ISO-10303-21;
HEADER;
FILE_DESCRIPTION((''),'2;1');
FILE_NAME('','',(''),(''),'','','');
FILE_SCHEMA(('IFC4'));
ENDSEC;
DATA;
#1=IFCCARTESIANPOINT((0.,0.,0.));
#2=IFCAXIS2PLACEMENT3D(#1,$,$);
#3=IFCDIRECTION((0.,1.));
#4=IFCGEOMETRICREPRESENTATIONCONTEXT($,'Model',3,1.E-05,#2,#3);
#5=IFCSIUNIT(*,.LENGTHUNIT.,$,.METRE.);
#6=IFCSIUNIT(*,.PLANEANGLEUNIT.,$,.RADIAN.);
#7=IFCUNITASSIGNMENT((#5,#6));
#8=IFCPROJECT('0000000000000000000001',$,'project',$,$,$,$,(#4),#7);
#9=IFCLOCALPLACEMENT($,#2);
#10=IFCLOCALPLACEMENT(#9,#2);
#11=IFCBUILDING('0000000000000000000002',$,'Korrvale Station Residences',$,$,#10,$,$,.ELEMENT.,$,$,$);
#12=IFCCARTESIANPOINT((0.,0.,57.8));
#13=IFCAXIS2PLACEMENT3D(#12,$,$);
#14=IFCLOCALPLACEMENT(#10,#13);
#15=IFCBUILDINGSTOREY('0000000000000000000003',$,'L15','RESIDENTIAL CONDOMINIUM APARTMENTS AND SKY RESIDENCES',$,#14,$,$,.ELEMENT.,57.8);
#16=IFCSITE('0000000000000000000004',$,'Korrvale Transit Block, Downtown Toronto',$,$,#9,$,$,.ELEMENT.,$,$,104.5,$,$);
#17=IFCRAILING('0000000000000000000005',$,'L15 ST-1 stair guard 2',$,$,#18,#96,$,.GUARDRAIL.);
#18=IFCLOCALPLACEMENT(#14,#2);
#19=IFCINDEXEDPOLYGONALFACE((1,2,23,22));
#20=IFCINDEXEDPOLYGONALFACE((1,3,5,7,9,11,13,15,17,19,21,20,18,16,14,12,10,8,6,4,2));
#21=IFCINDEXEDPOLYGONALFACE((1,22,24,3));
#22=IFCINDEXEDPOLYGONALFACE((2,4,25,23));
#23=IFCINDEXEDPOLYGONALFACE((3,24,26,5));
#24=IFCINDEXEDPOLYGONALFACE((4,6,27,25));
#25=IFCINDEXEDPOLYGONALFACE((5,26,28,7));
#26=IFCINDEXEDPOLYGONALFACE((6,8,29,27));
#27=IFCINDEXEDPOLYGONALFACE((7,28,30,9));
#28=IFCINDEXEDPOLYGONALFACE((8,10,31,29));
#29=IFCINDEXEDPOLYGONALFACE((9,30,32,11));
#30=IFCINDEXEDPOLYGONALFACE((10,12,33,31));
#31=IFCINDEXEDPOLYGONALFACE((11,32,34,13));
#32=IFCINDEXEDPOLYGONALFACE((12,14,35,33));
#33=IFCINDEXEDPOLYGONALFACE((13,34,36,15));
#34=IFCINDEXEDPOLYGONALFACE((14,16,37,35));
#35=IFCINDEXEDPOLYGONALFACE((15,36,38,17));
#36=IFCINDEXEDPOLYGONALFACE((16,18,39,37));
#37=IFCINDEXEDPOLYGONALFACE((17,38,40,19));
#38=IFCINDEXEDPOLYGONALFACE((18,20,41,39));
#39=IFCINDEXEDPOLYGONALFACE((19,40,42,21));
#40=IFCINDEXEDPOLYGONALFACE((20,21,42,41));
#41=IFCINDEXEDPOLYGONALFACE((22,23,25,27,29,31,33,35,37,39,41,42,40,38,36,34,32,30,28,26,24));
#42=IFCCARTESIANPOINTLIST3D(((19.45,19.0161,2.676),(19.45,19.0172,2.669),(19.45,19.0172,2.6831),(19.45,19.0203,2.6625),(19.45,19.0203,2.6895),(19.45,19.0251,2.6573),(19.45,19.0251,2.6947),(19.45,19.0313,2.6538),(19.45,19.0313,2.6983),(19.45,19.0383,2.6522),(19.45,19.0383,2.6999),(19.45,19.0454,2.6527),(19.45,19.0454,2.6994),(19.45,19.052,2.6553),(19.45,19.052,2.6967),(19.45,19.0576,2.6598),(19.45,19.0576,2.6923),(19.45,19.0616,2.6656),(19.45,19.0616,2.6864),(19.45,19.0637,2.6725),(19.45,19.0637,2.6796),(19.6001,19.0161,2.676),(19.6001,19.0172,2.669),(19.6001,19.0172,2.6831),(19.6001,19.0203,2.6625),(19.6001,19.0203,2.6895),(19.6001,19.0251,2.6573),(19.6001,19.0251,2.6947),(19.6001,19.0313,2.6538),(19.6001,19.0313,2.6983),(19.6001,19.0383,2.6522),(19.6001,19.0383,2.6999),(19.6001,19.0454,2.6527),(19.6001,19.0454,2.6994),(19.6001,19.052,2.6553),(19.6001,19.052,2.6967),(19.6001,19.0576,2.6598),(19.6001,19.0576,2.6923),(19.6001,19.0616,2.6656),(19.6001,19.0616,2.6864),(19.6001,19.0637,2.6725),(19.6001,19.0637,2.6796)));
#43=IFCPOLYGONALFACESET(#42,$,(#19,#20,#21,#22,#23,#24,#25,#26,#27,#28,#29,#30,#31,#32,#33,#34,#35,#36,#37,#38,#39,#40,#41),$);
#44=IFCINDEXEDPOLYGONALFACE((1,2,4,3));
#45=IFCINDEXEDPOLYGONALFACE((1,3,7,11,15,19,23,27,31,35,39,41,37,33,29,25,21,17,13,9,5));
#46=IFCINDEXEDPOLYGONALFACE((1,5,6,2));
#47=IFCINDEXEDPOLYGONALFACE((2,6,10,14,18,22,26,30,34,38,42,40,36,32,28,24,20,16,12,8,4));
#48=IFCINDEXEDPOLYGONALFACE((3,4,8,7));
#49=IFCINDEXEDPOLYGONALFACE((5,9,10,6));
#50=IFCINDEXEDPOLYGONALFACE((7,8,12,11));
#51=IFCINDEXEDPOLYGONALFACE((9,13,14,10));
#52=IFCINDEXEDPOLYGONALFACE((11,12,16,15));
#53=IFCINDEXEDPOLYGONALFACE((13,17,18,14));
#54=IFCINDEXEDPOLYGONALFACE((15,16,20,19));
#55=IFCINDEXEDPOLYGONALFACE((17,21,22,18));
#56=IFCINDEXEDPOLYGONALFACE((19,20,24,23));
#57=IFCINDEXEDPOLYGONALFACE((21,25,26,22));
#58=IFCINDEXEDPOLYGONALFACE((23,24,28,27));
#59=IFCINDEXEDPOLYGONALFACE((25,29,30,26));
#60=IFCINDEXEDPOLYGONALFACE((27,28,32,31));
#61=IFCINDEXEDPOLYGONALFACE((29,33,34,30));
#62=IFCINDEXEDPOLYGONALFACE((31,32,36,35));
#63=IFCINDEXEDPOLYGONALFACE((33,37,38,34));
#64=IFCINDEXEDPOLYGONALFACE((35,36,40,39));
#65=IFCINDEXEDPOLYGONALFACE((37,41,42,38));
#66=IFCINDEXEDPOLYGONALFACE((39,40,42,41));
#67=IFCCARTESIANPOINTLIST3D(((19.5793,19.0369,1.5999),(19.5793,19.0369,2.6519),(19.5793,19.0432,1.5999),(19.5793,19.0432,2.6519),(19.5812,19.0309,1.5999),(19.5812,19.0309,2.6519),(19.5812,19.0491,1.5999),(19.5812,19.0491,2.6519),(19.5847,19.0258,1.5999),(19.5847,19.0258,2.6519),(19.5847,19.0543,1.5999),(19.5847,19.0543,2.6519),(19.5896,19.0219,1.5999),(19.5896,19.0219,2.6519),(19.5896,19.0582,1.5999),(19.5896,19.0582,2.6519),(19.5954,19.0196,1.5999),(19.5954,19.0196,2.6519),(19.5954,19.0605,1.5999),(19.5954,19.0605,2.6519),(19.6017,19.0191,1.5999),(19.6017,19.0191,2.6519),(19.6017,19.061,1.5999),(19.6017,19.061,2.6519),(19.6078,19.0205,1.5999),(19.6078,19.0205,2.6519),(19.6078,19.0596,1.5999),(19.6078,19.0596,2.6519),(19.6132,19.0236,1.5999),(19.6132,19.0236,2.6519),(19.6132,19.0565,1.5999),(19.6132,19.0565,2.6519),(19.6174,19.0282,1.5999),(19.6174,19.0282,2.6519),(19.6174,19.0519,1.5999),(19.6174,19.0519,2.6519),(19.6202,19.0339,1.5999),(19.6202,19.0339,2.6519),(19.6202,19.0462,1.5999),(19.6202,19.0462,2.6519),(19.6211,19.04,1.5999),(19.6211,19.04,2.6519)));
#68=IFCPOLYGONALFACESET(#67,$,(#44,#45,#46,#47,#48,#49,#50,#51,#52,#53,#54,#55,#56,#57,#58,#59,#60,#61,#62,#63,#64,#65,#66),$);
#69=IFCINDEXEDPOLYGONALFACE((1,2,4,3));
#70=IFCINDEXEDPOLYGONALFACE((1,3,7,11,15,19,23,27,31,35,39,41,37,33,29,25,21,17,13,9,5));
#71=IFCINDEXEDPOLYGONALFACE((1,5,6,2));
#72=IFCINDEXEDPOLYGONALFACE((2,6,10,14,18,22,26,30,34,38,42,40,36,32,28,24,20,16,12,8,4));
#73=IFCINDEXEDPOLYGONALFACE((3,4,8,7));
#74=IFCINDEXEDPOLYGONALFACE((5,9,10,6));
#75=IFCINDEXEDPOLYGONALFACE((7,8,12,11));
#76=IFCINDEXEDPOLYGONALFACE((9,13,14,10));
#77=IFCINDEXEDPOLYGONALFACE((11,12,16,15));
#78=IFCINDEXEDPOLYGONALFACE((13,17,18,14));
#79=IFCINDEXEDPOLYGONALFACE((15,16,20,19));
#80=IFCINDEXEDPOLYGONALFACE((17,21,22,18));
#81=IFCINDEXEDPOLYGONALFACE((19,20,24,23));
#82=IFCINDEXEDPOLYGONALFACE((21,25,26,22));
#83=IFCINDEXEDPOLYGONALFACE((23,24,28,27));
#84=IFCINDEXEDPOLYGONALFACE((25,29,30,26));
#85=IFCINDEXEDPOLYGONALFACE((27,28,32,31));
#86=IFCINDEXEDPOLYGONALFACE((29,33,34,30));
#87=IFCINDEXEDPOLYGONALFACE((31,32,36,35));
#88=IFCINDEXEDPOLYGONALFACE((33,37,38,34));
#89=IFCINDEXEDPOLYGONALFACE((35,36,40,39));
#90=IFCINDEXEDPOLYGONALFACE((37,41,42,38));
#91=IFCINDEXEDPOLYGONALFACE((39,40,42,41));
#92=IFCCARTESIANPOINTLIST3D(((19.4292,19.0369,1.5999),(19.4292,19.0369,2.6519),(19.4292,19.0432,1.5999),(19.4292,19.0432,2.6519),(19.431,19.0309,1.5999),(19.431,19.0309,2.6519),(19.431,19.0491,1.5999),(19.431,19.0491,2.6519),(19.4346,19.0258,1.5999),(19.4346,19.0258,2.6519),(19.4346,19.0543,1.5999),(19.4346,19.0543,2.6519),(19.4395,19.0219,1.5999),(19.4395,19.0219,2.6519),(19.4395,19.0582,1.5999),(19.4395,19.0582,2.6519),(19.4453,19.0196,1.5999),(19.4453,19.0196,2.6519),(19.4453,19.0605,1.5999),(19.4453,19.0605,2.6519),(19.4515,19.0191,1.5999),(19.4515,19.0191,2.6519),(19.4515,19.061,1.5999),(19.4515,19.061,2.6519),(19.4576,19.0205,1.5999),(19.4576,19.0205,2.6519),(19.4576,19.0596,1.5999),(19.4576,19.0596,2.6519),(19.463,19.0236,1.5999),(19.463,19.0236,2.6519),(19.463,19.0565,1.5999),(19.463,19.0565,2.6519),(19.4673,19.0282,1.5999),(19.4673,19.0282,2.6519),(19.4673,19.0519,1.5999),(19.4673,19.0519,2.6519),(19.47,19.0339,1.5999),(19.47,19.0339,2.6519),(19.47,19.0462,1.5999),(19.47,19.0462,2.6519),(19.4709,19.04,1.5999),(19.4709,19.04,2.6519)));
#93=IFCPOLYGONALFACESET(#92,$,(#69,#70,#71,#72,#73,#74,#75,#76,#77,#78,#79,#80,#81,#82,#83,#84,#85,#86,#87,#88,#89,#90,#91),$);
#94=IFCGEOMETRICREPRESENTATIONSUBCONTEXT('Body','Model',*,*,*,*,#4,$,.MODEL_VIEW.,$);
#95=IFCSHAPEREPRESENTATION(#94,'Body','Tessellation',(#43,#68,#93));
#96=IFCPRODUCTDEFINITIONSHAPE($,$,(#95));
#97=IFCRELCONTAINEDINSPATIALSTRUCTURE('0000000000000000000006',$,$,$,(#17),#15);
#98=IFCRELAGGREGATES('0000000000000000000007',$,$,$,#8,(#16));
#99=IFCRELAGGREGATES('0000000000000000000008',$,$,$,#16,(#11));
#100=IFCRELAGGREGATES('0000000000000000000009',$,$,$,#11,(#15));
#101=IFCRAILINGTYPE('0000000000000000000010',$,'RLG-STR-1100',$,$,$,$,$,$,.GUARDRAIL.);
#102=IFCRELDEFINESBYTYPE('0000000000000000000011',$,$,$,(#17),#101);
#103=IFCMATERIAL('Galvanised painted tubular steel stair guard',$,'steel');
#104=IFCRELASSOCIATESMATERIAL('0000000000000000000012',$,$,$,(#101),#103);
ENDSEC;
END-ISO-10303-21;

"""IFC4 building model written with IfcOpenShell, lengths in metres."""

from ifc_helpers import new_model, si_unit, direction, frame, origin, origin_2d, place, context, subcontext, project, spatial, circle, extrude, material, type_object, element, save


model = new_model("IFC4")

# Units and contexts
model_context = context("Model", 3, precision=1e-05, world=origin(), true_north=direction((0.0, 1.0)))
body_context = subcontext(model_context, "Body", "Model", "MODEL_VIEW")
ifc_project = project(units=[si_unit("LENGTHUNIT", "METRE"), si_unit("PLANEANGLEUNIT", "RADIAN")], contexts=[model_context])

# Site, building, storey
site_placement = place(None, origin())
site = spatial("IfcSite", under=ifc_project, at=site_placement, Name="Korrvale Transit Block, Downtown Toronto", CompositionType="ELEMENT", RefElevation=104.5)
building_placement = place(site_placement, origin())
building = spatial("IfcBuilding", under=site, at=building_placement, Name="Korrvale Station Residences", CompositionType="ELEMENT")
storey_placement = place(building_placement, frame((0.0, 0.0, 57.8)))
storey = spatial("IfcBuildingStorey", under=building, at=storey_placement, Name="L15", Description="RESIDENTIAL CONDOMINIUM APARTMENTS AND SKY RESIDENCES", CompositionType="ELEMENT", Elevation=57.8)

# Railing
ifc_material_1 = material(Name="Galvanised painted tubular steel stair guard", Category="steel")
railing_type_1 = type_object("IfcRailingType", Name="RLG-STR-1100", PredefinedType="GUARDRAIL", material=ifc_material_1)
railing_1_placement = place(storey_placement, frame((19.6001, 19.04, 1.5999)))
element("IfcRailing", 1, at=railing_1_placement, inside=storey, type_object=railing_type_1, Name="L15 ST-1 stair guard 2", PredefinedType="GUARDRAIL", context=body_context, shape_type="SweptSolid", body=[
    extrude(circle(Radius=0.0239, at=origin_2d()), frame((0.0, 0.0, 1.0762), z_axis=(-1.0, 0.0, 0.0), x_axis=(0.0, -1.0, 0.0)), (0.0, 0.0, 1.0), 0.1501),
    extrude(circle(Radius=0.021, at=origin_2d()), origin(), (0.0, 0.0, 1.0), 1.052),
    extrude(circle(Radius=0.021, at=origin_2d()), frame((-0.1501, 0.0, 0.0)), (0.0, 0.0, 1.0), 1.052),
])

save(model, "model.ifc")
